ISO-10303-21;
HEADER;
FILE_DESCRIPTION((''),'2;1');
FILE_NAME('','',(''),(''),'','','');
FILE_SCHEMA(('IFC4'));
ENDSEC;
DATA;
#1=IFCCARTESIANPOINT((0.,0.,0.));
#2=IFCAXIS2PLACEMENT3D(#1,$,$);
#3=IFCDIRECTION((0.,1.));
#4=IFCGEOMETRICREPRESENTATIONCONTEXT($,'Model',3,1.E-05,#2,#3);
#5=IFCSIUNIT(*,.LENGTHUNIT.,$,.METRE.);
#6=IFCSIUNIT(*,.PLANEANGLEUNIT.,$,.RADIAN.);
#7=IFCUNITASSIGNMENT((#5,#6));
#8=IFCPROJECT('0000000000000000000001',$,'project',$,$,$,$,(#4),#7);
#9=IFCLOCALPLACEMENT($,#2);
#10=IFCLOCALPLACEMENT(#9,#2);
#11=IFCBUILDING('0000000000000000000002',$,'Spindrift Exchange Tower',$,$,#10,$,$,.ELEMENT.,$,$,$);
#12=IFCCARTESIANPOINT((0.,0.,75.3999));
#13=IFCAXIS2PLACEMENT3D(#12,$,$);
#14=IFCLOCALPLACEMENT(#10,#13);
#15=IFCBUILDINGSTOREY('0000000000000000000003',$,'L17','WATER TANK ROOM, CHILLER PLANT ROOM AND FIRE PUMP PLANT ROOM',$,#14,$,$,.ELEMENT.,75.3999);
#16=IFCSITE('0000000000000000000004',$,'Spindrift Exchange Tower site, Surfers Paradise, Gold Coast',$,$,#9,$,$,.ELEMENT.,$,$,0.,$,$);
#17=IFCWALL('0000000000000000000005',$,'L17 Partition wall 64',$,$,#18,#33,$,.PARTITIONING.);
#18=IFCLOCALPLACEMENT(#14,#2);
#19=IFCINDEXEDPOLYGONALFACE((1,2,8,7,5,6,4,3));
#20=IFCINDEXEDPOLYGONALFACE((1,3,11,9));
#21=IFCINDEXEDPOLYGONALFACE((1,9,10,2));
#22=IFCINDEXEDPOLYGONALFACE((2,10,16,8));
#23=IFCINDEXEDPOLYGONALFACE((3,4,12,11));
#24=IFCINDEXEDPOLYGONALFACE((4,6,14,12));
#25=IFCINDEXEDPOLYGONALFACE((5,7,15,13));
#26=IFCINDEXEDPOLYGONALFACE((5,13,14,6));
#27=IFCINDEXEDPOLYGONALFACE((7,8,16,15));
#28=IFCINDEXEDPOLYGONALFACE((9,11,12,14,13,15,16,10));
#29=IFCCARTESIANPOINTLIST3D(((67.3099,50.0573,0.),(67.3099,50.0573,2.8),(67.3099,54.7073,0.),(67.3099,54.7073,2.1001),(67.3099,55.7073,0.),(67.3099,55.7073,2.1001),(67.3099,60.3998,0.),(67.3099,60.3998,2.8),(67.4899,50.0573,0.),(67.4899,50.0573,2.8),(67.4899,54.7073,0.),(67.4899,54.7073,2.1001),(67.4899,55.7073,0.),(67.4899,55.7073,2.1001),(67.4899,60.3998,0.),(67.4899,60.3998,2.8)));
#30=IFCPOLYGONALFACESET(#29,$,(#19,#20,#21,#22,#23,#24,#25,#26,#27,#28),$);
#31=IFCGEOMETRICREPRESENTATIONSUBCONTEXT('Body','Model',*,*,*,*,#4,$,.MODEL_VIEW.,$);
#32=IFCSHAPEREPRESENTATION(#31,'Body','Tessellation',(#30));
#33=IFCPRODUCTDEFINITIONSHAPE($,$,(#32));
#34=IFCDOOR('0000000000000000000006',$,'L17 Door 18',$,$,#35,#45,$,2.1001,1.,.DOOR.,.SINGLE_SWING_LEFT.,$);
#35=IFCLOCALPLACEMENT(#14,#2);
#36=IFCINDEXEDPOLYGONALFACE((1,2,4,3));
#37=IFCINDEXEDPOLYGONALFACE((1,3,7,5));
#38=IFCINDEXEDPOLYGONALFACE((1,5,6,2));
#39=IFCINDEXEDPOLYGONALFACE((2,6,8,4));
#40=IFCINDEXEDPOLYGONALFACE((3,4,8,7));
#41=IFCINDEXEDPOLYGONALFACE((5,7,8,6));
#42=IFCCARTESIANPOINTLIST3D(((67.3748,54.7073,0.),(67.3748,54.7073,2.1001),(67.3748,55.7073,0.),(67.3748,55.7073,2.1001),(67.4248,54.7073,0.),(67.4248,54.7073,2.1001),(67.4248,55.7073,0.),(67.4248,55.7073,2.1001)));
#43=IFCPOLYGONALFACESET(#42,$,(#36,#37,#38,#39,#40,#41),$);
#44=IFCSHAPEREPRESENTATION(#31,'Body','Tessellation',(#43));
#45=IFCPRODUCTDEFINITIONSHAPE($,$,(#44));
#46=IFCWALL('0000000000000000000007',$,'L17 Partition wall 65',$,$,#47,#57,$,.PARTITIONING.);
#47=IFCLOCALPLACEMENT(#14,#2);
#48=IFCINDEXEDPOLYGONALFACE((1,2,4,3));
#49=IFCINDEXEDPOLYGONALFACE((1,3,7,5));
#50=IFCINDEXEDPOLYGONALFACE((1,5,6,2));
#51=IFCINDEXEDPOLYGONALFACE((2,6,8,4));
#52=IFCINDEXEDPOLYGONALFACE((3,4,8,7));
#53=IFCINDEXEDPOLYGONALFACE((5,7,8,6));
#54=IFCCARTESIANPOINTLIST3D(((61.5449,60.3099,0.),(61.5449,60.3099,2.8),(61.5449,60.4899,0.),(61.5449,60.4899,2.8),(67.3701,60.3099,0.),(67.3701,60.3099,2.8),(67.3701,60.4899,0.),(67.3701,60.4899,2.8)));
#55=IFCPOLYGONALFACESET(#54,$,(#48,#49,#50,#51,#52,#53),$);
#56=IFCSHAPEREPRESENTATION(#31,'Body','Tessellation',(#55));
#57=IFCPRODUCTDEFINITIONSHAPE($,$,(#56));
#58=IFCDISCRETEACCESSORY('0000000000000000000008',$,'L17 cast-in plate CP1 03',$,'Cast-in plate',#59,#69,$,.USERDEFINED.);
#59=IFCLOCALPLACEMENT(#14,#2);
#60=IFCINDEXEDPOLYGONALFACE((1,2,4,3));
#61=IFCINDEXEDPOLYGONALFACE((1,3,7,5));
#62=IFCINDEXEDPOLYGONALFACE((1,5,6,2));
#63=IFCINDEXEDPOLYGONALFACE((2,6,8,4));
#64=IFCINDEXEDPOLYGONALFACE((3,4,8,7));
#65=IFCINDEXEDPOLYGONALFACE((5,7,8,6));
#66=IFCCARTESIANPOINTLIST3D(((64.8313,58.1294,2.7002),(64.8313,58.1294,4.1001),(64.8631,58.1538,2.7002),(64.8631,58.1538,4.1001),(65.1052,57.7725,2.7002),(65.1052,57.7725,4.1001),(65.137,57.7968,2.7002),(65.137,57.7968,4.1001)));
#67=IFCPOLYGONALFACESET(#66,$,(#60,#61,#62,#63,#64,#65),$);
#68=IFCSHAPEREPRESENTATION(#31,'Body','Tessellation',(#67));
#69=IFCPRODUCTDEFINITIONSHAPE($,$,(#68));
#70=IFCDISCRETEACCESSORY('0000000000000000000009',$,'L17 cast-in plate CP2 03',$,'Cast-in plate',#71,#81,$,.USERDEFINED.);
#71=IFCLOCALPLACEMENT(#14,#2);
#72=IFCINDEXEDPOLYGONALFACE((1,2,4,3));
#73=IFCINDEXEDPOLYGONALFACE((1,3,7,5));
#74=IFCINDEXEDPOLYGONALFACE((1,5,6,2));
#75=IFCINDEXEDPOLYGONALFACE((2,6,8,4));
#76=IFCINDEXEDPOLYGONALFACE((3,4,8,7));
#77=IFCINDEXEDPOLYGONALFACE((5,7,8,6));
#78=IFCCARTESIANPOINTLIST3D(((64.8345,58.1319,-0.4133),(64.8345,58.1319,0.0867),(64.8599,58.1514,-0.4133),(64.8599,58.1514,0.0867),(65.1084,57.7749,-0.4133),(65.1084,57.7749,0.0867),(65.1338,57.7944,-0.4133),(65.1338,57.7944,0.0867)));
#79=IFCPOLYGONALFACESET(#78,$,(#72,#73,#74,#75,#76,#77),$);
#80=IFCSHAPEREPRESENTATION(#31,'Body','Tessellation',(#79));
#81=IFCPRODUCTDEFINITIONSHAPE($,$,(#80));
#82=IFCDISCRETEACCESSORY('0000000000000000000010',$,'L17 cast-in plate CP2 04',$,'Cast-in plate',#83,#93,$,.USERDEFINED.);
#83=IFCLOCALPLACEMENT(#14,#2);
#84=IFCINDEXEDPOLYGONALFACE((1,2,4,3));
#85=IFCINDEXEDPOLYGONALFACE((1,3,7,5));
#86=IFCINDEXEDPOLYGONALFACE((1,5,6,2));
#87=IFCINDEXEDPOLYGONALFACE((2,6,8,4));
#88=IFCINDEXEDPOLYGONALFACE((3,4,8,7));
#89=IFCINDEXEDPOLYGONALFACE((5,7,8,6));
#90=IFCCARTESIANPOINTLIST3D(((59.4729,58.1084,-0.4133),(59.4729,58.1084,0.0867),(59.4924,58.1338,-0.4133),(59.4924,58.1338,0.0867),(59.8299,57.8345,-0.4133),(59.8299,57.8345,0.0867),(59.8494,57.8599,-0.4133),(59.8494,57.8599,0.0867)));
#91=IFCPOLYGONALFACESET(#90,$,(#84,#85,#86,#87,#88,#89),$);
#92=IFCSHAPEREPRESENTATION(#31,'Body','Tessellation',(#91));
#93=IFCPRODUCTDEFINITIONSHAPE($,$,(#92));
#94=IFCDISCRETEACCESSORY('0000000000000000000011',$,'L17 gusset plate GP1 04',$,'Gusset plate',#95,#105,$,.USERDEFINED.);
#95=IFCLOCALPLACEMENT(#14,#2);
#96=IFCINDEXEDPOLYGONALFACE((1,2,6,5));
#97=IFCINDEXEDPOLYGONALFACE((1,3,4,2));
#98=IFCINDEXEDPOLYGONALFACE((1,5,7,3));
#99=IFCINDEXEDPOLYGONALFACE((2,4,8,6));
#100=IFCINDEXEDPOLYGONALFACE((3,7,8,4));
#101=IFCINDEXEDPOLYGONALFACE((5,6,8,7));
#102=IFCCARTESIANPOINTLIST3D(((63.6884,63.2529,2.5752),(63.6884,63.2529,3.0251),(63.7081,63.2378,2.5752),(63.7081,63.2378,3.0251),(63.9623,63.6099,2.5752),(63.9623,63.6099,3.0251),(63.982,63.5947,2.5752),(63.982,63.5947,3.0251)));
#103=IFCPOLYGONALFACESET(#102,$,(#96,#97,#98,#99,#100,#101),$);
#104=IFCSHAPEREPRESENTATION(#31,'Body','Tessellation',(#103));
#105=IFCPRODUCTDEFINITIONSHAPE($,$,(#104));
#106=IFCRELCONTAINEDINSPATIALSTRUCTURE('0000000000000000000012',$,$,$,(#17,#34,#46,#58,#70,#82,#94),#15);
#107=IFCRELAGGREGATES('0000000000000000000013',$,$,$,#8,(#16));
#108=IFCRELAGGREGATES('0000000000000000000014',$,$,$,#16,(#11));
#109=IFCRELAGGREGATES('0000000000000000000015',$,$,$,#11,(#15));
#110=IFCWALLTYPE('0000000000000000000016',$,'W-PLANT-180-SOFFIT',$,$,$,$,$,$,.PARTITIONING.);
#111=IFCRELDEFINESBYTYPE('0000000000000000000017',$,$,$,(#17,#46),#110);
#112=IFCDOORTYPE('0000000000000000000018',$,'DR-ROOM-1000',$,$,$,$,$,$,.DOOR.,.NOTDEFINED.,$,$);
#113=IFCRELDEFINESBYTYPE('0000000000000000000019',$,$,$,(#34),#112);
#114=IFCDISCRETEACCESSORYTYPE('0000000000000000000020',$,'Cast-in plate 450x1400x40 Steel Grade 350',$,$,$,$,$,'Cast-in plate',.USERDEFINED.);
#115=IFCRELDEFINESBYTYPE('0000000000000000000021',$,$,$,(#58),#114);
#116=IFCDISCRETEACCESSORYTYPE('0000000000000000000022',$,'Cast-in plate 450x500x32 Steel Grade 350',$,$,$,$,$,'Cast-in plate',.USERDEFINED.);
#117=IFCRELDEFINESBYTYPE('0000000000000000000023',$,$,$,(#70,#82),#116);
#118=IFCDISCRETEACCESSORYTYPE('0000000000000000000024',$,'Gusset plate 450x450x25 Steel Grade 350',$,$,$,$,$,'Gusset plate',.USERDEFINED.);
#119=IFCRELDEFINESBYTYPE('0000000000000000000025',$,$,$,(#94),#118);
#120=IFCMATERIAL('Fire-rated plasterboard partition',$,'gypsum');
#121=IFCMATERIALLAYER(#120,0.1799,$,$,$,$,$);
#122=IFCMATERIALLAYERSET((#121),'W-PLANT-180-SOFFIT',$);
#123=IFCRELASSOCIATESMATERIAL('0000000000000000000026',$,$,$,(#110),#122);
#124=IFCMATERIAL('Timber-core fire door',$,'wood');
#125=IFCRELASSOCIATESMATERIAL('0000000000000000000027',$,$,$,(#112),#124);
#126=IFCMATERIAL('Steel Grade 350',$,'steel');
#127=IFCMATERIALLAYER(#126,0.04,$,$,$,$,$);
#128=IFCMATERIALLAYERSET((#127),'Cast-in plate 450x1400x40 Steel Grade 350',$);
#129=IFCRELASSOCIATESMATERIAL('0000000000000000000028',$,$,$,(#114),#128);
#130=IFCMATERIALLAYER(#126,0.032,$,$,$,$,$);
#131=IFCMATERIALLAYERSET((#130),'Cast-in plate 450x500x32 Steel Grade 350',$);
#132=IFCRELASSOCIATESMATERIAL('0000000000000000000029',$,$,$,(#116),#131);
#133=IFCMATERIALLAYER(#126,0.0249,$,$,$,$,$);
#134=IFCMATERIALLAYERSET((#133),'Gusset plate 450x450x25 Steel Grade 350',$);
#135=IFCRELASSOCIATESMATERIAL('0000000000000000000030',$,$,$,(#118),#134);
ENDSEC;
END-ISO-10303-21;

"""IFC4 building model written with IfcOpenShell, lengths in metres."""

from ifc_helpers import new_model, si_unit, direction, frame, frame_2d, origin, origin_2d, place, context, subcontext, project, spatial, rectangle, extrude, source, transform, mapped, material, layer, layer_set, type_object, element, fill, save


model = new_model("IFC4")

# Units and contexts
model_context = context("Model", 3, precision=1e-05, world=origin(), true_north=direction((0.0, 1.0)))
body_context = subcontext(model_context, "Body", "Model", "MODEL_VIEW")
ifc_project = project(units=[si_unit("LENGTHUNIT", "METRE"), si_unit("PLANEANGLEUNIT", "RADIAN")], contexts=[model_context])

# Site, building, storey
site_placement = place(None, origin())
site = spatial("IfcSite", under=ifc_project, at=site_placement, Name="Spindrift Exchange Tower site, Surfers Paradise, Gold Coast", CompositionType="ELEMENT", RefElevation=0.0)
building_placement = place(site_placement, origin())
building = spatial("IfcBuilding", under=site, at=building_placement, Name="Spindrift Exchange Tower", CompositionType="ELEMENT")
storey_placement = place(building_placement, frame((0.0, 0.0, 75.3999)))
storey = spatial("IfcBuildingStorey", under=building, at=storey_placement, Name="L17", Description="WATER TANK ROOM, CHILLER PLANT ROOM AND FIRE PUMP PLANT ROOM", CompositionType="ELEMENT", Elevation=75.3999)

# Shared definitions
ifc_material_1 = material(Name="Fire-rated plasterboard partition", Category="gypsum")

# Wall, opening, door
ifc_layer_1 = layer(ifc_material_1, 0.1799)
ifc_layer_set_1 = layer_set([ifc_layer_1], Name="W-PLANT-180-SOFFIT")
wall_type_1 = type_object("IfcWallType", Name="W-PLANT-180-SOFFIT", PredefinedType="PARTITIONING", material=ifc_layer_set_1)
wall_1_placement = place(storey_placement, frame((67.3999, 60.3999, 0.0), z_axis=(0.0, 0.0, 1.0), x_axis=(0.0, -1.0, 0.0)))
wall_1 = element("IfcWall", 1, at=wall_1_placement, inside=storey, type_object=wall_type_1, Name="L17 Partition wall 64", PredefinedType="PARTITIONING", context=body_context, shape_type="SweptSolid", body=[
    extrude(rectangle(XDim=10.3425, YDim=0.1799, at=frame_2d((5.1714, 0.0))), origin(), (0.0, 0.0, 1.0), 2.8),
])
opening_1_placement = place(wall_1_placement, frame((4.6926, 0.0, 0.0)))
opening_1 = element("IfcOpeningElement", 2, at=opening_1_placement, cuts=wall_1, PredefinedType="OPENING", context=body_context, shape_type="SweptSolid", body=[
    extrude(rectangle(XDim=1.0, YDim=2.1001, at=frame_2d((0.5, 1.05))), frame((0.0, 0.0999, 0.0), z_axis=(0.0, -1.0, 0.0), x_axis=(1.0, 0.0, 0.0)), (0.0, 0.0, 1.0), 0.2),
])
ifc_material_2 = material(Name="Timber-core fire door", Category="wood")
door_type_1 = type_object("IfcDoorType", Name="DR-ROOM-1000", OperationType="NOTDEFINED", PredefinedType="DOOR", material=ifc_material_2)
shared_shape_1 = source(origin(), body_context, "Body", "SweptSolid", [
    extrude(rectangle(XDim=1.0, YDim=2.1001, at=frame_2d((0.5, 1.05))), frame((0.0, 0.0249, 0.0), z_axis=(0.0, -1.0, 0.0), x_axis=(1.0, 0.0, 0.0)), (0.0, 0.0, 1.0), 0.05),
])
door_1_placement = place(opening_1_placement, origin())
door_1 = element("IfcDoor", 3, at=door_1_placement, inside=storey, type_object=door_type_1, Name="L17 Door 18", OperationType="SINGLE_SWING_LEFT", OverallHeight=2.1001, OverallWidth=1.0, PredefinedType="DOOR", context=body_context, shape_type="MappedRepresentation", body=[
    mapped(shared_shape_1, transform((0.0, 0.0, 0.0), scale=1.0)),
])
fill(opening_1, door_1)

# Wall
wall_2_placement = place(storey_placement, frame((67.3701, 60.3999, 0.0), z_axis=(0.0, 0.0, 1.0), x_axis=(-1.0, 0.0, 0.0)))
element("IfcWall", 4, at=wall_2_placement, inside=storey, type_object=wall_type_1, Name="L17 Partition wall 65", PredefinedType="PARTITIONING", context=body_context, shape_type="SweptSolid", body=[
    extrude(rectangle(XDim=5.8252, YDim=0.1799, at=frame_2d((2.9126, 0.0))), origin(), (0.0, 0.0, 1.0), 2.8),
])

# Discrete accessories
ifc_material_3 = material(Name="Steel Grade 350", Category="steel")
ifc_layer_2 = layer(ifc_material_3, 0.04)
ifc_layer_set_2 = layer_set([ifc_layer_2], Name="Cast-in plate 450x1400x40 Steel Grade 350")
discrete_accessory_type_1 = type_object("IfcDiscreteAccessoryType", Name="Cast-in plate 450x1400x40 Steel Grade 350", ElementType="Cast-in plate", PredefinedType="USERDEFINED", material=ifc_layer_set_2)
shared_shape_2 = source(origin(), body_context, "Body", "SweptSolid", [
    extrude(rectangle(XDim=0.04, YDim=0.45, at=origin_2d()), origin(), (0.0, 0.0, 1.0), 1.3999),
])
discrete_accessory_1_placement = place(storey_placement, frame((64.9841, 57.9631, 2.7002), z_axis=(0.0, 0.0, 1.0), x_axis=(0.793353, 0.608761, 0.0)))
element("IfcDiscreteAccessory", 5, at=discrete_accessory_1_placement, inside=storey, type_object=discrete_accessory_type_1, Name="L17 cast-in plate CP1 03", ObjectType="Cast-in plate", PredefinedType="USERDEFINED", context=body_context, shape_type="MappedRepresentation", body=[
    mapped(shared_shape_2, transform((0.0, 0.0, 0.0), scale=1.0)),
])
ifc_layer_3 = layer(ifc_material_3, 0.032)
ifc_layer_set_3 = layer_set([ifc_layer_3], Name="Cast-in plate 450x500x32 Steel Grade 350")
discrete_accessory_type_2 = type_object("IfcDiscreteAccessoryType", Name="Cast-in plate 450x500x32 Steel Grade 350", ElementType="Cast-in plate", PredefinedType="USERDEFINED", material=ifc_layer_set_3)
shared_shape_3 = source(origin(), body_context, "Body", "SweptSolid", [
    extrude(rectangle(XDim=0.032, YDim=0.45, at=origin_2d()), origin(), (0.0, 0.0, 1.0), 0.5),
])
for number, where, z_axis, x_axis, name in (
    (6, (64.9841, 57.9631, -0.4133), (0.0, 0.0, 1.0), (0.793353, 0.608761, 0.0), "L17 cast-in plate CP2 03"),
    (7, (59.6611, 57.9841, -0.4133), (0.0, 0.0, 1.0), (0.608761, 0.793353, 0.0), "L17 cast-in plate CP2 04"),
):
    element("IfcDiscreteAccessory", number, at=place(storey_placement, frame(where, z_axis=z_axis, x_axis=x_axis)), inside=storey, type_object=discrete_accessory_type_2, Name=name, ObjectType="Cast-in plate", PredefinedType="USERDEFINED", context=body_context, shape_type="MappedRepresentation", body=[
        mapped(shared_shape_3, transform((0.0, 0.0, 0.0), scale=1.0)),
    ])
ifc_layer_4 = layer(ifc_material_3, 0.0249)
ifc_layer_set_4 = layer_set([ifc_layer_4], Name="Gusset plate 450x450x25 Steel Grade 350")
discrete_accessory_type_3 = type_object("IfcDiscreteAccessoryType", Name="Gusset plate 450x450x25 Steel Grade 350", ElementType="Gusset plate", PredefinedType="USERDEFINED", material=ifc_layer_set_4)
shared_shape_4 = source(origin(), body_context, "Body", "SweptSolid", [
    extrude(rectangle(XDim=0.45, YDim=0.0249, at=origin_2d()), origin(), (0.0, 0.0, 1.0), 0.45),
])
discrete_accessory_2_placement = place(storey_placement, frame((63.8352, 63.4238, 2.5752), z_axis=(0.0, 0.0, 1.0), x_axis=(0.608756, 0.793358, 0.0)))
element("IfcDiscreteAccessory", 8, at=discrete_accessory_2_placement, inside=storey, type_object=discrete_accessory_type_3, Name="L17 gusset plate GP1 04", ObjectType="Gusset plate", PredefinedType="USERDEFINED", context=body_context, shape_type="MappedRepresentation", body=[
    mapped(shared_shape_4, transform((0.0, 0.0, 0.0), scale=1.0)),
])

save(model, "model.ifc")
